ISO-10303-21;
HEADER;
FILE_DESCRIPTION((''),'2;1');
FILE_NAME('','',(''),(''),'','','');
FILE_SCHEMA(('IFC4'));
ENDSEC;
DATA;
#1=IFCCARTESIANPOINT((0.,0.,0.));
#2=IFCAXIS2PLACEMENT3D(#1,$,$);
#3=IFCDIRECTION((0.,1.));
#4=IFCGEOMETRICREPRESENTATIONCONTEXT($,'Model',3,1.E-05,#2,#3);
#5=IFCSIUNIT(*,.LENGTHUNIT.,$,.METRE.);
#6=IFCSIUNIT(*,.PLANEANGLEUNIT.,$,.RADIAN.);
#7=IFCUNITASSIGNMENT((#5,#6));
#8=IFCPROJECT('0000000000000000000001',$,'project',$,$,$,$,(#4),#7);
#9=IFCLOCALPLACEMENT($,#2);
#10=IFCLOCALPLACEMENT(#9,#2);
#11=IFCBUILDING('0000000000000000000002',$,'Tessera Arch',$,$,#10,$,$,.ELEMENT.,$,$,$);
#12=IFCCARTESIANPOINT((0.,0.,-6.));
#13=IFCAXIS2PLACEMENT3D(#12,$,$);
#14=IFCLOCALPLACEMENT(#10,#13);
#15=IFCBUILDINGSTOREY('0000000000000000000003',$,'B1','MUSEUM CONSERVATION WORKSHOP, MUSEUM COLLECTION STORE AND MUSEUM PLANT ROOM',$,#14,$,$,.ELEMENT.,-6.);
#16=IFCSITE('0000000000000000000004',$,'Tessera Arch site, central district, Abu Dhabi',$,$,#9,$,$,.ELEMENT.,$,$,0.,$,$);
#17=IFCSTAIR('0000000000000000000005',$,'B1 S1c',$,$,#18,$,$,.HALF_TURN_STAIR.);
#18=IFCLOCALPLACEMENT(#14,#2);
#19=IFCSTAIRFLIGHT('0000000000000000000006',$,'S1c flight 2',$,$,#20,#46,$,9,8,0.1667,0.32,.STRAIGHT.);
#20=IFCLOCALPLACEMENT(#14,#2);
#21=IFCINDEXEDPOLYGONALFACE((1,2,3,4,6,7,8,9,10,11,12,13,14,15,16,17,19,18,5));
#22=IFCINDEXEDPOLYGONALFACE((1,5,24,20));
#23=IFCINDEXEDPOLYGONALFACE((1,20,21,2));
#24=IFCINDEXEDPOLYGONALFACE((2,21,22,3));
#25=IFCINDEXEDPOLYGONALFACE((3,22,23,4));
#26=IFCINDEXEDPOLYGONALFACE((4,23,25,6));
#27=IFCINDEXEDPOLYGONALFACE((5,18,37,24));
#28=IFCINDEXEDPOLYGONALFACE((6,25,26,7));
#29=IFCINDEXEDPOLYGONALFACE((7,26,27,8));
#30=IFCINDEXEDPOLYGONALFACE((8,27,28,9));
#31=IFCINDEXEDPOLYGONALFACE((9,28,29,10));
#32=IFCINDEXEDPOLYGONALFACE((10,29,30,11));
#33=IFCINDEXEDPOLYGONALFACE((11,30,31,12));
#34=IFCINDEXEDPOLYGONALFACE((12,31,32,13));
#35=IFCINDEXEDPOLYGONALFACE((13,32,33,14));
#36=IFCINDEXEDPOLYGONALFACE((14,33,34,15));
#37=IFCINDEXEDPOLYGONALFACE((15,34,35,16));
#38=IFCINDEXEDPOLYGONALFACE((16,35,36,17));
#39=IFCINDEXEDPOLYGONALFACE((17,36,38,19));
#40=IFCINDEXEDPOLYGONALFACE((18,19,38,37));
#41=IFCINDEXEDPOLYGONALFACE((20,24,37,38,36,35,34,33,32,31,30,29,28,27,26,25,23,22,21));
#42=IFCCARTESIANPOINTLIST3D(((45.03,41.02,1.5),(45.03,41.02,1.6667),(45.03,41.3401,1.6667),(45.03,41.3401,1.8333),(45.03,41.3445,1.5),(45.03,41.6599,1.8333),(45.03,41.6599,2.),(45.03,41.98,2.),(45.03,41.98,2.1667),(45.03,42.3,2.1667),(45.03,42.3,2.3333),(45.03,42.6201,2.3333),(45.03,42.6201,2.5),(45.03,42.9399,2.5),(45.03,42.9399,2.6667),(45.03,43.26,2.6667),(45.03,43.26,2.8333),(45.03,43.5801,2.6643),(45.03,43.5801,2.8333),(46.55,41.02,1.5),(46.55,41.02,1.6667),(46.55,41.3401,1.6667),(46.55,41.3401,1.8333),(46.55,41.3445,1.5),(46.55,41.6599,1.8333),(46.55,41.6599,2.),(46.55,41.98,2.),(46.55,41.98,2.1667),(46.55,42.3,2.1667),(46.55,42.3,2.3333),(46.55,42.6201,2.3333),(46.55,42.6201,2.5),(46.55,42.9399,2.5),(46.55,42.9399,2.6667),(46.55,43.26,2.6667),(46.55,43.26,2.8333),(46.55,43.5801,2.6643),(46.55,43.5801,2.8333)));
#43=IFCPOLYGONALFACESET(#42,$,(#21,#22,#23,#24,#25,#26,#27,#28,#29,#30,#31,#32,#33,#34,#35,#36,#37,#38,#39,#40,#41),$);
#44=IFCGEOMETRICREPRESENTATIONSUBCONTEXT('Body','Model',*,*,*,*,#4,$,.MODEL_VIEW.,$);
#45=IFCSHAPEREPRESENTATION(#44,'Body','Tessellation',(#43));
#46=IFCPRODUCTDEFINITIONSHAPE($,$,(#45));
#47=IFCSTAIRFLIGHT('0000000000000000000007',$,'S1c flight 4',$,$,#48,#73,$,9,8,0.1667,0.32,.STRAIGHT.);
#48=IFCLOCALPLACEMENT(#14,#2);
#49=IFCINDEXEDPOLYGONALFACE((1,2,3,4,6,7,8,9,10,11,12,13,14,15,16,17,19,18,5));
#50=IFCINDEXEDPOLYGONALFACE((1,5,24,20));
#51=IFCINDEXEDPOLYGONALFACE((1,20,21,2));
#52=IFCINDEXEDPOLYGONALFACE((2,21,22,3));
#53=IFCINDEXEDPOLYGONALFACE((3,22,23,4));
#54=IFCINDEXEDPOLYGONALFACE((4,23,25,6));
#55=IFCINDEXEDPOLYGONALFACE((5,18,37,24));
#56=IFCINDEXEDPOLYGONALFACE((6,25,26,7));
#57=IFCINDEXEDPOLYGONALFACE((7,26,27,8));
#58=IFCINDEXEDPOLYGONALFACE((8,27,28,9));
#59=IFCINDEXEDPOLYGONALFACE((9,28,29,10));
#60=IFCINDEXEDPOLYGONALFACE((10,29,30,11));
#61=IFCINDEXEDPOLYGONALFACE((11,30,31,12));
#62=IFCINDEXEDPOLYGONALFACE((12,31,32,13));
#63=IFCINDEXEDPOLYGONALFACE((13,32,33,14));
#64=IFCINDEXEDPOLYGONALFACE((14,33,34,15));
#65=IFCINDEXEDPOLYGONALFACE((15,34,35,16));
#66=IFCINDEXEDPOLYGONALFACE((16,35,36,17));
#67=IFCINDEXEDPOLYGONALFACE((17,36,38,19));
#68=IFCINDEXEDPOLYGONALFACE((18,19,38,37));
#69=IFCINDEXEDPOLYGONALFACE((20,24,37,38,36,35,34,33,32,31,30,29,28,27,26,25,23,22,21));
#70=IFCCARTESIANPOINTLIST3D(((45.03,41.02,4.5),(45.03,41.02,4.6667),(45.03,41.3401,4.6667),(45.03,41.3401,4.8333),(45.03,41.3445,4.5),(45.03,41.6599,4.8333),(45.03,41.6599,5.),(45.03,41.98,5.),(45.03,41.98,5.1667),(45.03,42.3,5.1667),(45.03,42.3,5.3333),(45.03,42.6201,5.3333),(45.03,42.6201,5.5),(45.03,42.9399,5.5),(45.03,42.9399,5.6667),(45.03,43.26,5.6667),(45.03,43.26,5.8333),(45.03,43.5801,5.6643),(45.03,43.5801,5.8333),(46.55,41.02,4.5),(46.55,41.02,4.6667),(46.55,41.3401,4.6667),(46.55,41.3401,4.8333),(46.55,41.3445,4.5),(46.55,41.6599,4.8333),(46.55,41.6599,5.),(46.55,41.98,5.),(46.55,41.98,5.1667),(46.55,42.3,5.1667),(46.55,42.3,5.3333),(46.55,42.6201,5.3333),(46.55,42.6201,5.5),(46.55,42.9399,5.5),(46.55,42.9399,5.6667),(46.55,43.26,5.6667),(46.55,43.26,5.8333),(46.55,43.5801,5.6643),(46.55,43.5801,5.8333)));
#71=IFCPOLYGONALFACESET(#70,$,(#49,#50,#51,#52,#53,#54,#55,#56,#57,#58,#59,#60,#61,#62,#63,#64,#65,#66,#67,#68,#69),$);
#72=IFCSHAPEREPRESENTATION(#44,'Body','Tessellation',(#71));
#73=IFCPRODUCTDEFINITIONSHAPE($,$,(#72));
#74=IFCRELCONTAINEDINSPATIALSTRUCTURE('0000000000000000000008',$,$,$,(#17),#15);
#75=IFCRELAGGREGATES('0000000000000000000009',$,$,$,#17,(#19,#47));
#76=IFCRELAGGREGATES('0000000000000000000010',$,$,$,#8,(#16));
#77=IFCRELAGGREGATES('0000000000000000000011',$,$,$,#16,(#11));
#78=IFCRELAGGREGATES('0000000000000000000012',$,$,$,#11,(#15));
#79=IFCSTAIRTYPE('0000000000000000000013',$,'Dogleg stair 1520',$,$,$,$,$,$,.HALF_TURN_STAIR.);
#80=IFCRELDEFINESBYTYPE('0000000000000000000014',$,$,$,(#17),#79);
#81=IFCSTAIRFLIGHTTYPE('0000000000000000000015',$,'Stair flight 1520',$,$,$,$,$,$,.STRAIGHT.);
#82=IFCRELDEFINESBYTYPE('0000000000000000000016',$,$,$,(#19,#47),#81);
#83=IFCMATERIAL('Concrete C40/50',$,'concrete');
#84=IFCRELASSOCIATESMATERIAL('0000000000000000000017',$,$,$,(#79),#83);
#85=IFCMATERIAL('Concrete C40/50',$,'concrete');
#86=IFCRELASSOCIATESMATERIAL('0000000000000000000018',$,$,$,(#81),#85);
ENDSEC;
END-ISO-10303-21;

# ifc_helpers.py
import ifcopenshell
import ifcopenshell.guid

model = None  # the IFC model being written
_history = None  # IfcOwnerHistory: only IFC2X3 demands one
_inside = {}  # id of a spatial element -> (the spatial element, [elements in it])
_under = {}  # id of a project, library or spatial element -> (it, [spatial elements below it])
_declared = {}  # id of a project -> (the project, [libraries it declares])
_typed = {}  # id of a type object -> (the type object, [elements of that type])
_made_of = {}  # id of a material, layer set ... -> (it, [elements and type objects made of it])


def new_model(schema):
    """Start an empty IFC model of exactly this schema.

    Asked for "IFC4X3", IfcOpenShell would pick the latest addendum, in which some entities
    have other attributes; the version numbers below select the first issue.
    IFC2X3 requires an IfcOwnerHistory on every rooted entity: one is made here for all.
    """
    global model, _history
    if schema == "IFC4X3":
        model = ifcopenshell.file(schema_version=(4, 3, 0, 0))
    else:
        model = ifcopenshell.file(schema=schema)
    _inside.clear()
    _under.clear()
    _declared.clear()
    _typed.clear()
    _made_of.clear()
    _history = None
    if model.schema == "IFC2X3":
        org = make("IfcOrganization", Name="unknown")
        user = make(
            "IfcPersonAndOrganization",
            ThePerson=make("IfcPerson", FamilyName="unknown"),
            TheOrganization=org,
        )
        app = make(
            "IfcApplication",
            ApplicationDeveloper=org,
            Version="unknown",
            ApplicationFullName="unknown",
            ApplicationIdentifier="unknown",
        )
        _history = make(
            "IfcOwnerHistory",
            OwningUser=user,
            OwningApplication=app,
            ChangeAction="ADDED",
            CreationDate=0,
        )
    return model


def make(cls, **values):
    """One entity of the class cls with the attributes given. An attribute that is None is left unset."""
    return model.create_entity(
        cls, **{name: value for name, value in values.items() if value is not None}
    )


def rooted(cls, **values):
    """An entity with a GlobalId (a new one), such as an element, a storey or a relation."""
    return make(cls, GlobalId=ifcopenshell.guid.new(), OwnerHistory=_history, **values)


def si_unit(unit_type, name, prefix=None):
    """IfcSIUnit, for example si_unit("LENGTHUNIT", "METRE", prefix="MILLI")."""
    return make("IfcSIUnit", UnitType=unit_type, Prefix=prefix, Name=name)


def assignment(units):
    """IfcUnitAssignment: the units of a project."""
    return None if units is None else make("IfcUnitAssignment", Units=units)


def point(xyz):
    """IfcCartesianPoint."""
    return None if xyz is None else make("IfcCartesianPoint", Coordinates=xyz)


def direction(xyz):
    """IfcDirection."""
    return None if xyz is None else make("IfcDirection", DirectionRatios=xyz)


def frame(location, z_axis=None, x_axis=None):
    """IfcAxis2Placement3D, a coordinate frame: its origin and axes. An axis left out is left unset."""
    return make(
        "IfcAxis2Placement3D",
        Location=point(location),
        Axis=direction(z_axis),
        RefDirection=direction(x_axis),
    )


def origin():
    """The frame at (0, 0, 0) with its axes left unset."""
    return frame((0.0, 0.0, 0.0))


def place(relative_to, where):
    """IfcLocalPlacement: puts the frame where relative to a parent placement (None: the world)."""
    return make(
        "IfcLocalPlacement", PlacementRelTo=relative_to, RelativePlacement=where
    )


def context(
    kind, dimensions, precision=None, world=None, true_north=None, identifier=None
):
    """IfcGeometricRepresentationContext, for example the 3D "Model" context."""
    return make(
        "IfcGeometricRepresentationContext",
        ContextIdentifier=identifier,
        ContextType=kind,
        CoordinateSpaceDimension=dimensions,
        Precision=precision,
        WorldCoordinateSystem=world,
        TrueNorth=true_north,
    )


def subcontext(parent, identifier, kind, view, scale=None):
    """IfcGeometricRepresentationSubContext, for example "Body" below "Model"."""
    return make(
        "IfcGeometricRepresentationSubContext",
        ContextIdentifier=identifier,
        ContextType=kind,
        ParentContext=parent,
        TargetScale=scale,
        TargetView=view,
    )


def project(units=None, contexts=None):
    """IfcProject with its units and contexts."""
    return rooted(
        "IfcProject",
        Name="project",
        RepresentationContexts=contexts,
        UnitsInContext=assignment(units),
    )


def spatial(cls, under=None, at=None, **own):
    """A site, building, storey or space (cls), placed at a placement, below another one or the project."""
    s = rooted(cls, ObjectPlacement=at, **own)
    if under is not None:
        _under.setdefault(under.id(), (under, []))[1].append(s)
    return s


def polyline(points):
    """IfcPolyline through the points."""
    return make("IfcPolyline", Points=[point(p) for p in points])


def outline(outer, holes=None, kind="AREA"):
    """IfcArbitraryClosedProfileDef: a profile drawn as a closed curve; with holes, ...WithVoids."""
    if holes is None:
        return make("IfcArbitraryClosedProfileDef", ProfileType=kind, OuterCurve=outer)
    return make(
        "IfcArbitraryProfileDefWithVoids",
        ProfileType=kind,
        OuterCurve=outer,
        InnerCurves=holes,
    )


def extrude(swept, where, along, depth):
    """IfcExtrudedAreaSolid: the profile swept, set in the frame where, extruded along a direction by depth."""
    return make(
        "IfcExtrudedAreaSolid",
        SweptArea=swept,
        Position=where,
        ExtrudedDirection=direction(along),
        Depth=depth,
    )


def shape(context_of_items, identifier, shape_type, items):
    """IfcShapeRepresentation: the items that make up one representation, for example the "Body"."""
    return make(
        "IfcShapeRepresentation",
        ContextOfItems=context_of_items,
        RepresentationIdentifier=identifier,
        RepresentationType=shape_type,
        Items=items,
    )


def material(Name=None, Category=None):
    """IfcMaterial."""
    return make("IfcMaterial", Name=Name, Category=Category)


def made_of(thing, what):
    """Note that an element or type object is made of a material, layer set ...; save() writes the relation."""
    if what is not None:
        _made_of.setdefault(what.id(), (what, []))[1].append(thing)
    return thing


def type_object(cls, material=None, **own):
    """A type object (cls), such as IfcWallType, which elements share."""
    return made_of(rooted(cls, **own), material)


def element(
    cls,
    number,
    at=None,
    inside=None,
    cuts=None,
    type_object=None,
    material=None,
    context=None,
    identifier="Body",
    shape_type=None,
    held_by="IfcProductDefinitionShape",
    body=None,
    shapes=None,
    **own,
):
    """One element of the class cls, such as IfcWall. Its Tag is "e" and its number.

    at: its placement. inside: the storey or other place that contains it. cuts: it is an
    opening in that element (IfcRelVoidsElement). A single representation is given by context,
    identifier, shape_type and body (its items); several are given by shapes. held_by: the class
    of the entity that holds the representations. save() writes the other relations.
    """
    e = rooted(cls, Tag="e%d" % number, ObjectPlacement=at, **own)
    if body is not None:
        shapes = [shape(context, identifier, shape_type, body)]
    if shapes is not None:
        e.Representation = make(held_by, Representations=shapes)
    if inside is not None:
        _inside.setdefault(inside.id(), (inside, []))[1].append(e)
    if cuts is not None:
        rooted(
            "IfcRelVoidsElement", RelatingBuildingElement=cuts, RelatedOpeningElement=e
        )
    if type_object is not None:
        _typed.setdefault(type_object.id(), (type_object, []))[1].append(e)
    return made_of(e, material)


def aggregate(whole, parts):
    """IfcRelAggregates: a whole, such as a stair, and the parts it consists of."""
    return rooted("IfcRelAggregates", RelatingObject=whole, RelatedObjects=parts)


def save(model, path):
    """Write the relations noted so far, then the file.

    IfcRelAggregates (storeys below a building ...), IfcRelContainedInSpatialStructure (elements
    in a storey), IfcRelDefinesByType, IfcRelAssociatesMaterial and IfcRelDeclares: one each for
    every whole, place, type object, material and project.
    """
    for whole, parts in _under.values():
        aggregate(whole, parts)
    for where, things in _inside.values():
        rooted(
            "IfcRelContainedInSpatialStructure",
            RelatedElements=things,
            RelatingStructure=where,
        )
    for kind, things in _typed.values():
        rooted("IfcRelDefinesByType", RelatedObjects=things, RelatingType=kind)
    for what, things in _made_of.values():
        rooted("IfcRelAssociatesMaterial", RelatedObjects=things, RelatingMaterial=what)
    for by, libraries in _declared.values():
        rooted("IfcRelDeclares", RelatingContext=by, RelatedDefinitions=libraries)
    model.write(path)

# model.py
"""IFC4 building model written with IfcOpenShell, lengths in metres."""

from ifc_helpers import new_model, si_unit, direction, frame, origin, place, context, subcontext, project, spatial, polyline, outline, extrude, material, type_object, element, aggregate, save


model = new_model("IFC4")

# Units and contexts
model_context = context("Model", 3, precision=1e-05, world=origin(), true_north=direction((0.0, 1.0)))
body_context = subcontext(model_context, "Body", "Model", "MODEL_VIEW")
ifc_project = project(units=[si_unit("LENGTHUNIT", "METRE"), si_unit("PLANEANGLEUNIT", "RADIAN")], contexts=[model_context])

# Site, building, storey
site_placement = place(None, origin())
site = spatial("IfcSite", under=ifc_project, at=site_placement, Name="Tessera Arch site, central district, Abu Dhabi", CompositionType="ELEMENT", RefElevation=0.0)
building_placement = place(site_placement, origin())
building = spatial("IfcBuilding", under=site, at=building_placement, Name="Tessera Arch", CompositionType="ELEMENT")
storey_placement = place(building_placement, frame((0.0, 0.0, -6.0)))
storey = spatial("IfcBuildingStorey", under=building, at=storey_placement, Name="B1", Description="MUSEUM CONSERVATION WORKSHOP, MUSEUM COLLECTION STORE AND MUSEUM PLANT ROOM", CompositionType="ELEMENT", Elevation=-6.0)

# Stair, stair flights
ifc_material_1 = material(Name="Concrete C40/50", Category="concrete")
stair_type = type_object("IfcStairType", Name="Dogleg stair 1520", PredefinedType="HALF_TURN_STAIR", material=ifc_material_1)
stair_placement = place(storey_placement, origin())
stair = element("IfcStair", 1, at=stair_placement, inside=storey, type_object=stair_type, Name="B1 S1c", PredefinedType="HALF_TURN_STAIR")
ifc_material_2 = material(Name="Concrete C40/50", Category="concrete")
stair_flight_type = type_object("IfcStairFlightType", Name="Stair flight 1520", PredefinedType="STRAIGHT", material=ifc_material_2)
stair_flight_1_placement = place(storey_placement, frame((45.79, 41.02, 1.5), z_axis=(0.0, 0.0, 1.0), x_axis=(0.0, 1.0, 0.0)))
stair_flight_1 = element("IfcStairFlight", 2, at=stair_flight_1_placement, type_object=stair_flight_type, Name="S1c flight 2", NumberOfRisers=9, NumberOfTreads=8, PredefinedType="STRAIGHT", RiserHeight=0.1667, TreadLength=0.32, context=body_context, shape_type="SweptSolid", body=[
    extrude(outline(polyline([(0.0, 0.0), (0.0, 0.1667), (0.3201, 0.1667), (0.3201, 0.3333), (0.6399, 0.3333), (0.6399, 0.5), (0.96, 0.5), (0.96, 0.6667), (1.28, 0.6667), (1.28, 0.8333), (1.6001, 0.8333), (1.6001, 1.0), (1.9199, 1.0), (1.9199, 1.1667), (2.24, 1.1667), (2.24, 1.3333), (2.5601, 1.3333), (2.5601, 1.5), (2.5601, 1.1643), (0.3245, 0.0), (0.0, 0.0)])), frame((0.0, 0.76, 0.0), z_axis=(0.0, -1.0, 0.0), x_axis=(1.0, 0.0, 0.0)), (0.0, 0.0, 1.0), 1.52),
])
stair_flight_2_placement = place(storey_placement, frame((45.79, 41.02, 4.5), z_axis=(0.0, 0.0, 1.0), x_axis=(0.0, 1.0, 0.0)))
stair_flight_2 = element("IfcStairFlight", 3, at=stair_flight_2_placement, type_object=stair_flight_type, Name="S1c flight 4", NumberOfRisers=9, NumberOfTreads=8, PredefinedType="STRAIGHT", RiserHeight=0.1667, TreadLength=0.32, context=body_context, shape_type="SweptSolid", body=[
    extrude(outline(polyline([(0.0, 0.0), (0.0, 0.1667), (0.3201, 0.1667), (0.3201, 0.3333), (0.6399, 0.3333), (0.6399, 0.5), (0.96, 0.5), (0.96, 0.6667), (1.28, 0.6667), (1.28, 0.8333), (1.6001, 0.8333), (1.6001, 1.0), (1.9199, 1.0), (1.9199, 1.1667), (2.24, 1.1667), (2.24, 1.3333), (2.5601, 1.3333), (2.5601, 1.5), (2.5601, 1.1643), (0.3245, 0.0), (0.0, 0.0)])), frame((0.0, 0.76, 0.0), z_axis=(0.0, -1.0, 0.0), x_axis=(1.0, 0.0, 0.0)), (0.0, 0.0, 1.0), 1.52),
])
aggregate(stair, [stair_flight_1, stair_flight_2])

save(model, "model.ifc")
